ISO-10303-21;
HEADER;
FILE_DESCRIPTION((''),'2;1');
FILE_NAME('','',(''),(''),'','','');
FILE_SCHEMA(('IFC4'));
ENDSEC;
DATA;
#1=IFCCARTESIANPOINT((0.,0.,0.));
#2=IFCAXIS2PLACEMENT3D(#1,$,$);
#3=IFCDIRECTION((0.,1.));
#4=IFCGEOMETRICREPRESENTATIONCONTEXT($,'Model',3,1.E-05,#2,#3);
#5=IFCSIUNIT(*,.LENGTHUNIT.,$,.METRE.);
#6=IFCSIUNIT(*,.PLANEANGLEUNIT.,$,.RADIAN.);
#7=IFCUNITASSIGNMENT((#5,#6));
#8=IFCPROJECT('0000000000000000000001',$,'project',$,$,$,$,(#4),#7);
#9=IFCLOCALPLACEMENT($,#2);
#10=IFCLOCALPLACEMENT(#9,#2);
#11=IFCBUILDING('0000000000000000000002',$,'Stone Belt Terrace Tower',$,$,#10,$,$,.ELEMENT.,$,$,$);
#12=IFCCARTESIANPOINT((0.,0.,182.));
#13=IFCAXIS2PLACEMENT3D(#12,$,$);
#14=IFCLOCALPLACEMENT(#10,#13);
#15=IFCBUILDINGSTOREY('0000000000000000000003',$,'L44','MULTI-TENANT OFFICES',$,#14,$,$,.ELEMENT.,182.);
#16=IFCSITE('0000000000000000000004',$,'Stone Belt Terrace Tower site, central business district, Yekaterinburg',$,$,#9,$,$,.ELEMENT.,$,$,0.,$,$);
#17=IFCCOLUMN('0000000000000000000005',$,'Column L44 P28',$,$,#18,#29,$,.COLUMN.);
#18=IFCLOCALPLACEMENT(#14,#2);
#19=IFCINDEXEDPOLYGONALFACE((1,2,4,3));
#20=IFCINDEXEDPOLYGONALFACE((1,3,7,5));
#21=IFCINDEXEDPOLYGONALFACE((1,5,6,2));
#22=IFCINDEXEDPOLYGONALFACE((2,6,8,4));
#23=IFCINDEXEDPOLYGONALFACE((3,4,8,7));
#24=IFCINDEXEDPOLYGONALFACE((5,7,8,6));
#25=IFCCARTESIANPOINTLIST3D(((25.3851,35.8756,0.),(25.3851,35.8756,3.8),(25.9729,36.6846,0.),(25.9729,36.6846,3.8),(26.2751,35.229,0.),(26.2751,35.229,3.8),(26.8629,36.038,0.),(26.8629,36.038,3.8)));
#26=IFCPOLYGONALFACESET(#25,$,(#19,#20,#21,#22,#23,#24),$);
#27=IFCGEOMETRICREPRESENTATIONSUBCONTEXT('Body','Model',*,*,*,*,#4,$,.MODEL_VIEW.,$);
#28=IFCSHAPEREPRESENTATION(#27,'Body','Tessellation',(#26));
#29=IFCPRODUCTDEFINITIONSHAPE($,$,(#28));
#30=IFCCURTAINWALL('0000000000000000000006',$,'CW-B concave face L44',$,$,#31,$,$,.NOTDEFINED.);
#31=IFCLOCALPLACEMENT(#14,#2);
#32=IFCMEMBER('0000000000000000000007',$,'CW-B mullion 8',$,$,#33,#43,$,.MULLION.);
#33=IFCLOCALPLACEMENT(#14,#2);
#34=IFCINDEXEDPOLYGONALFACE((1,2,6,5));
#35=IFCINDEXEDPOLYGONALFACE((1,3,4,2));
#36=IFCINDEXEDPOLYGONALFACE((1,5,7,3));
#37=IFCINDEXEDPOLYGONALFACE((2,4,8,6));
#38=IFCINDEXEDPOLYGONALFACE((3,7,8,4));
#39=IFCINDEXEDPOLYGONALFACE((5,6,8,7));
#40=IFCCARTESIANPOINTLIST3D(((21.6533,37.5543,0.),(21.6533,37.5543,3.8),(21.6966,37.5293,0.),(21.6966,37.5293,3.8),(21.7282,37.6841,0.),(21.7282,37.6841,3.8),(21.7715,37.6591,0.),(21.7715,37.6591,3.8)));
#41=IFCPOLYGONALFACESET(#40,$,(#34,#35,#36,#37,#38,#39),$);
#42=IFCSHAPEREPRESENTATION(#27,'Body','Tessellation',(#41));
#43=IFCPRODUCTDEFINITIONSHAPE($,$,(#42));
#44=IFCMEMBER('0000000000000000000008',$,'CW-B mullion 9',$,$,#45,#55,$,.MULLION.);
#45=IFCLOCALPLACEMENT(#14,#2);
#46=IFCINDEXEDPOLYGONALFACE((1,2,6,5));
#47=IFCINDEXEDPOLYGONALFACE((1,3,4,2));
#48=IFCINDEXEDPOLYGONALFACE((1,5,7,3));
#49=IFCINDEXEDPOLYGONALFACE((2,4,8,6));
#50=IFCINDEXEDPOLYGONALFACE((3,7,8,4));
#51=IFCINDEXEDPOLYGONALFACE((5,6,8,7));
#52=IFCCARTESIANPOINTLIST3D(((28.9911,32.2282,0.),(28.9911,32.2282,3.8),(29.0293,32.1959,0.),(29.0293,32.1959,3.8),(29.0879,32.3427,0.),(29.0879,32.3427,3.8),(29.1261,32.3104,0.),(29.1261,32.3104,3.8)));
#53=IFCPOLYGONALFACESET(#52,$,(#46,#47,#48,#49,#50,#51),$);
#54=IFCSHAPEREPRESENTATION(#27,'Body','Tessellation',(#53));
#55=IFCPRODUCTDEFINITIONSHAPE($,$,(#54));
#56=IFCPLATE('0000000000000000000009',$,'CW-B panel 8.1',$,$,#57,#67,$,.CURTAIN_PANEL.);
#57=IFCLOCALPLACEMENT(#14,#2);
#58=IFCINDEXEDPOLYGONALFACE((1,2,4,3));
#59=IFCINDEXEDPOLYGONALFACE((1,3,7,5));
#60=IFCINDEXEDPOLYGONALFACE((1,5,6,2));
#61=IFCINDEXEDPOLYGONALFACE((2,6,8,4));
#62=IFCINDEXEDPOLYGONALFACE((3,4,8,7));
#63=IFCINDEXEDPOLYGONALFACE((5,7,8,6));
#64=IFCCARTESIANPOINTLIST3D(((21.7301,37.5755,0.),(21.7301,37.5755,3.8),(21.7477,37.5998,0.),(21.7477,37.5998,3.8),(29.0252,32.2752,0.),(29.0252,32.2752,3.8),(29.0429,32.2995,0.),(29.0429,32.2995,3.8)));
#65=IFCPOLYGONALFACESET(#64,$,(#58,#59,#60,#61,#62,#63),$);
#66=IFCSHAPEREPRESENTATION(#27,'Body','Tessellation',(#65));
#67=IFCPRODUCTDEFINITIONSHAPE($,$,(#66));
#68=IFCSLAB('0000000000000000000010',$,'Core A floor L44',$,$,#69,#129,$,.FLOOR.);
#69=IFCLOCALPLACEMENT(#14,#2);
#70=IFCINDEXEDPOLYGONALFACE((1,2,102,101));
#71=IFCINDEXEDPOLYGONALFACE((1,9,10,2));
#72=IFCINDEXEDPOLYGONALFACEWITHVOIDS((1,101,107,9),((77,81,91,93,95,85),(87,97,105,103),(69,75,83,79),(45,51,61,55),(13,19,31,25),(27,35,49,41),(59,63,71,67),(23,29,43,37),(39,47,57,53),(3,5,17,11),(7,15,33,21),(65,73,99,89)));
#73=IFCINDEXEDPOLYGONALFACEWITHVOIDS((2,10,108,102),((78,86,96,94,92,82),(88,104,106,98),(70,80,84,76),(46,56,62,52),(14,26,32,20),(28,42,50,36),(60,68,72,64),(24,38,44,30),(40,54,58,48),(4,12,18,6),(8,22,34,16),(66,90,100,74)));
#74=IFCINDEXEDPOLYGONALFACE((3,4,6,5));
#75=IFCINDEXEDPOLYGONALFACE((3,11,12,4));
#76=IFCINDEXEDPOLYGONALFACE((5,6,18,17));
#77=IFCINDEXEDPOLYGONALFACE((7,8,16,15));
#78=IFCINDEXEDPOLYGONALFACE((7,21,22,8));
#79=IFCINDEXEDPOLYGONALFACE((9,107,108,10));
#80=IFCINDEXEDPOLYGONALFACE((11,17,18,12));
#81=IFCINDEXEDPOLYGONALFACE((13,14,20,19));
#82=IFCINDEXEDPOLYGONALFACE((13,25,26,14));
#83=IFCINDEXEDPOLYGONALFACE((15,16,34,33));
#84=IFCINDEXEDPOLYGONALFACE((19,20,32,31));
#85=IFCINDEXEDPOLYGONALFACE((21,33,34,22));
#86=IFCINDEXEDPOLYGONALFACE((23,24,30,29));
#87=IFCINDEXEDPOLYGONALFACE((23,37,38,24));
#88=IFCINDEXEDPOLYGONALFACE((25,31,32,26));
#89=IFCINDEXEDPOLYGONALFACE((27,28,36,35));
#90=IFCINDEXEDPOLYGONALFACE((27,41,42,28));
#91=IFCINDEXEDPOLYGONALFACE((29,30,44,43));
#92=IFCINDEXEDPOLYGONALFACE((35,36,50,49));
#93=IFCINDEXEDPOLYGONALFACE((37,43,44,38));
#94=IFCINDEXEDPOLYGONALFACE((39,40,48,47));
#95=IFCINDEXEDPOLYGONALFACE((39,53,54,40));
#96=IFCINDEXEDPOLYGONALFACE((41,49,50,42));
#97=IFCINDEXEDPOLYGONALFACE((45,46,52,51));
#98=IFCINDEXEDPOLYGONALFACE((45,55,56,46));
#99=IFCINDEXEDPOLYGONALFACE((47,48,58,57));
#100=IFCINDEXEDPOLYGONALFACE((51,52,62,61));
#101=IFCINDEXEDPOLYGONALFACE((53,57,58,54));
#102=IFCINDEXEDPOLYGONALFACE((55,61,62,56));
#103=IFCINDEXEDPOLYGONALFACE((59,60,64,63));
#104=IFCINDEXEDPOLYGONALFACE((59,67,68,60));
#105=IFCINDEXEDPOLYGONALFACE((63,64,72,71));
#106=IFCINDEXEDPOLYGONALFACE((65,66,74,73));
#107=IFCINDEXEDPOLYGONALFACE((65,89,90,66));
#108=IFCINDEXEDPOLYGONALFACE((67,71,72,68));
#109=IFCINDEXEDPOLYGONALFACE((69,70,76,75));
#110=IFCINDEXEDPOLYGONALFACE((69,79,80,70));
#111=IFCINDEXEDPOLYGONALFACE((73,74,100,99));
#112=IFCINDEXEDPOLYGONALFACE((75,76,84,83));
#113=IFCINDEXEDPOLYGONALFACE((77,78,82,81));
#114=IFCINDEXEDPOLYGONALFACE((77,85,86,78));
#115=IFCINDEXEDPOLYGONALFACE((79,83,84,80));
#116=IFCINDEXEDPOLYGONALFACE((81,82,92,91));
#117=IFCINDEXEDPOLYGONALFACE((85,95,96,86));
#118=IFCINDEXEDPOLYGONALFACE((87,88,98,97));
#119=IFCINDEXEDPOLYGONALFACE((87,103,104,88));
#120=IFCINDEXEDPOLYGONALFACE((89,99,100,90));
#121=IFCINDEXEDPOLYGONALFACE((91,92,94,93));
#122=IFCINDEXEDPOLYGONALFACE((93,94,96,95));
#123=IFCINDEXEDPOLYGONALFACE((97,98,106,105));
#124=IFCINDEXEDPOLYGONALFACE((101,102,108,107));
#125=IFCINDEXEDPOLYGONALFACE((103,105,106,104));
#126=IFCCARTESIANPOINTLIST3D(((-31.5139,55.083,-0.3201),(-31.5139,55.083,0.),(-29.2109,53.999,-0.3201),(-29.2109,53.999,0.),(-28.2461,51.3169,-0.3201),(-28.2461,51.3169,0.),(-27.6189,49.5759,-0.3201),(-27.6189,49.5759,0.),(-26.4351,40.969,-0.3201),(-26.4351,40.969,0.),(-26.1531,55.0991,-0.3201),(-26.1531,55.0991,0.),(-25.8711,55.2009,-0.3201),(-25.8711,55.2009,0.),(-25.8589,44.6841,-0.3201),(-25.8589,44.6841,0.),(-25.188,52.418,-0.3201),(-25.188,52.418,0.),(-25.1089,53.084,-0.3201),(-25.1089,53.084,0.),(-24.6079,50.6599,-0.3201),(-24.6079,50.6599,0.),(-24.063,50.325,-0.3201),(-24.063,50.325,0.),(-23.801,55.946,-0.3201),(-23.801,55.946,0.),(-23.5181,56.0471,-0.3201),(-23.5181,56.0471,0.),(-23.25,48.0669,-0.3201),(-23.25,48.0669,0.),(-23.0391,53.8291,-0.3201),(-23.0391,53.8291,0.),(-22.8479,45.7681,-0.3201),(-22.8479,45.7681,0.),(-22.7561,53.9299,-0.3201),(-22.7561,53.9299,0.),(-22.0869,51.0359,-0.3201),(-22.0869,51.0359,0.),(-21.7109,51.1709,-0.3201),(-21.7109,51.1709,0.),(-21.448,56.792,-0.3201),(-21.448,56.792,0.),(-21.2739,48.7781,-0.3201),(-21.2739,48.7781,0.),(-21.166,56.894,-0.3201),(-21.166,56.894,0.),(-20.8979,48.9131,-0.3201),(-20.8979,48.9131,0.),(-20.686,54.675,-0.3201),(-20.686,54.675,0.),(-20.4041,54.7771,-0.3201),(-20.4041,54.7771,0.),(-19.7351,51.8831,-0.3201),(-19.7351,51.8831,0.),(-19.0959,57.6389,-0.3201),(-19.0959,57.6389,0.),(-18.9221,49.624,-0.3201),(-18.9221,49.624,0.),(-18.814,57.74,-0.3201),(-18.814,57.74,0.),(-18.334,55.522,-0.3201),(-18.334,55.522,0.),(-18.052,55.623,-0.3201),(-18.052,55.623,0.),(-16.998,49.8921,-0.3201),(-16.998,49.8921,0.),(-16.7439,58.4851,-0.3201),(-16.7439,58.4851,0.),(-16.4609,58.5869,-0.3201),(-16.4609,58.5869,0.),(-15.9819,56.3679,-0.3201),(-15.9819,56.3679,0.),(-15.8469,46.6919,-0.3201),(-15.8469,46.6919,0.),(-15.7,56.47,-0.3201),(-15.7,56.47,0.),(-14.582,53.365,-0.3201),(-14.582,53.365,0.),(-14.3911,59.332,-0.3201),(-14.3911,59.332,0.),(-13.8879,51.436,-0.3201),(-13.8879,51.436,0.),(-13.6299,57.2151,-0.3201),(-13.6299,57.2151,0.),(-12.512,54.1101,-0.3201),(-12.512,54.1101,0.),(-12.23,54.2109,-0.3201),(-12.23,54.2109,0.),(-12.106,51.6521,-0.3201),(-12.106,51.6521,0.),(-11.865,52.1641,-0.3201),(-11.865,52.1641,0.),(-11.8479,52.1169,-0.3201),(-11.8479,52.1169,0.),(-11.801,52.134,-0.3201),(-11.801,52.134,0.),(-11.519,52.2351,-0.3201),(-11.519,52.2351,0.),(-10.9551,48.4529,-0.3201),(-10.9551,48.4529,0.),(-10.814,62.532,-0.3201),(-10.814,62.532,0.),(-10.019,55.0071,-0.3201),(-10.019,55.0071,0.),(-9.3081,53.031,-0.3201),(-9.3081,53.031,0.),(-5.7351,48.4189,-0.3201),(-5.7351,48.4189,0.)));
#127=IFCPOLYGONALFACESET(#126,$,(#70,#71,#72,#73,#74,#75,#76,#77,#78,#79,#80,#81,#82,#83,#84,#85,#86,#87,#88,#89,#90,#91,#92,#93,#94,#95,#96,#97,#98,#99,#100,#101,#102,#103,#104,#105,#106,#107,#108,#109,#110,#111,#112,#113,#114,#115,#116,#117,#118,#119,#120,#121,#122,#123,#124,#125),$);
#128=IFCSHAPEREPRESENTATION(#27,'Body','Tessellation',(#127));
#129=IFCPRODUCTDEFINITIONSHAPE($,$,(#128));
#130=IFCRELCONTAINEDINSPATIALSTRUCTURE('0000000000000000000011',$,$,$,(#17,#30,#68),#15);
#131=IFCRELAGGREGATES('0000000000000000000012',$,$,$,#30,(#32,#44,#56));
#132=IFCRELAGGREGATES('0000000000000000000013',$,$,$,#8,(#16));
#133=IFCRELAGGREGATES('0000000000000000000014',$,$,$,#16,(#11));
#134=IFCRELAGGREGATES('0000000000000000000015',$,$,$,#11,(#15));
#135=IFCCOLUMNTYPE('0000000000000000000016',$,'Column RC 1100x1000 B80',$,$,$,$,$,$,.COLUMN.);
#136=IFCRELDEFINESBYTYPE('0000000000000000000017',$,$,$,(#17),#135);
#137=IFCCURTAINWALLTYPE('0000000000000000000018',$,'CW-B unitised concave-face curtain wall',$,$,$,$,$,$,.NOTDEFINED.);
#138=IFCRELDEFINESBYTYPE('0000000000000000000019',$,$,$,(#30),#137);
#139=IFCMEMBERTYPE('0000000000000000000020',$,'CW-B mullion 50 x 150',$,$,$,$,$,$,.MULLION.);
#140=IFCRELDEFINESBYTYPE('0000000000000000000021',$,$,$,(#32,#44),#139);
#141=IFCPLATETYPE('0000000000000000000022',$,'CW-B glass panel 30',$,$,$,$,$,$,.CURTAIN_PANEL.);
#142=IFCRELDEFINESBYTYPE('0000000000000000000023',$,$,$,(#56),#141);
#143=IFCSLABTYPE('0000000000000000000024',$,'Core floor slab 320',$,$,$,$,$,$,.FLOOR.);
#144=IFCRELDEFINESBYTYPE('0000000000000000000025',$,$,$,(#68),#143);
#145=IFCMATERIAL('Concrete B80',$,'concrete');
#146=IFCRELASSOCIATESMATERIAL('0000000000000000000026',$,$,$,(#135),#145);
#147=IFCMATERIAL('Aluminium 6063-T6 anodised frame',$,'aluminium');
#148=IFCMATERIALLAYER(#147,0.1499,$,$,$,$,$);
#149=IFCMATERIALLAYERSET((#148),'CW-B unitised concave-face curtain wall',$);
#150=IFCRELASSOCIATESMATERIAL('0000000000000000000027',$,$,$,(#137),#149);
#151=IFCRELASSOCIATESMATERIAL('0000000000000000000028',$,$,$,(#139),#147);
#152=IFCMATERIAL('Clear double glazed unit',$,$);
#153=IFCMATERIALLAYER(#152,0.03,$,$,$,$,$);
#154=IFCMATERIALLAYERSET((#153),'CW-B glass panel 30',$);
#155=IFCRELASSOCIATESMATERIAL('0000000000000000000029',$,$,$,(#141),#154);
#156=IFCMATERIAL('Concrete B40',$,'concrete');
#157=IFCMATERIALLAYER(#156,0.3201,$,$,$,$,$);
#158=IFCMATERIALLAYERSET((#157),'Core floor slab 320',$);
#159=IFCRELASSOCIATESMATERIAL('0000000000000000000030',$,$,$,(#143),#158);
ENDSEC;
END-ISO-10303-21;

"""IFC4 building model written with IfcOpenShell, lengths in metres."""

from ifc_helpers import new_model, si_unit, direction, frame, origin, origin_2d, place, context, subcontext, project, spatial, polyline, rectangle, outline, extrude, material, layer, layer_set, material_profile, profile_set, type_object, element, aggregate, save


model = new_model("IFC4")

# Units and contexts
model_context = context("Model", 3, precision=1e-05, world=origin(), true_north=direction((0.0, 1.0)))
body_context = subcontext(model_context, "Body", "Model", "MODEL_VIEW")
ifc_project = project(units=[si_unit("LENGTHUNIT", "METRE"), si_unit("PLANEANGLEUNIT", "RADIAN")], contexts=[model_context])

# Site, building, storey
site_placement = place(None, origin())
site = spatial("IfcSite", under=ifc_project, at=site_placement, Name="Stone Belt Terrace Tower site, central business district, Yekaterinburg", CompositionType="ELEMENT", RefElevation=0.0)
building_placement = place(site_placement, origin())
building = spatial("IfcBuilding", under=site, at=building_placement, Name="Stone Belt Terrace Tower", CompositionType="ELEMENT")
storey_placement = place(building_placement, frame((0.0, 0.0, 182.0)))
storey = spatial("IfcBuildingStorey", under=building, at=storey_placement, Name="L44", Description="MULTI-TENANT OFFICES", CompositionType="ELEMENT", Elevation=182.0)

# Column
ifc_material_1 = material(Name="Concrete B80", Category="concrete")
ifc_material_profile_1 = material_profile(ifc_material_1, rectangle(XDim=1.1001, YDim=1.0, at=origin_2d()), Name="RC 1100x1000")
ifc_profile_set_1 = profile_set([ifc_material_profile_1], Name="Concrete B80")
column_type = type_object("IfcColumnType", Name="Column RC 1100x1000 B80", PredefinedType="COLUMN", material=ifc_profile_set_1)
column_placement = place(storey_placement, frame((26.124, 35.9568, 0.0), z_axis=(0.0, 0.0, 1.0), x_axis=(0.809017, -0.587785, 0.0)))
element("IfcColumn", 1, at=column_placement, inside=storey, type_object=column_type, Name="Column L44 P28", PredefinedType="COLUMN", context=body_context, shape_type="SweptSolid", body=[
    extrude(rectangle(XDim=1.1001, YDim=1.0, at=origin_2d()), origin(), (0.0, 0.0, 1.0), 3.8),
])

# Curtain wall, members, plate
ifc_material_2 = material(Name="Aluminium 6063-T6 anodised frame", Category="aluminium")
ifc_layer_1 = layer(ifc_material_2, 0.1499)
ifc_layer_set_1 = layer_set([ifc_layer_1], Name="CW-B unitised concave-face curtain wall")
curtain_wall_type = type_object("IfcCurtainWallType", Name="CW-B unitised concave-face curtain wall", PredefinedType="NOTDEFINED", material=ifc_layer_set_1)
curtain_wall_placement = place(storey_placement, origin())
curtain_wall = element("IfcCurtainWall", 2, at=curtain_wall_placement, inside=storey, type_object=curtain_wall_type, Name="CW-B concave face L44", PredefinedType="NOTDEFINED")
ifc_material_profile_2 = material_profile(ifc_material_2, rectangle(XDim=0.1499, YDim=0.05, at=origin_2d()), Name="Aluminium 6063-T6 50x150")
ifc_profile_set_2 = profile_set([ifc_material_profile_2], Name="Aluminium 6063-T6 anodised frame")
member_type = type_object("IfcMemberType", Name="CW-B mullion 50 x 150", PredefinedType="MULLION", material=ifc_profile_set_2)
member_1_placement = place(storey_placement, frame((21.7124, 37.6067, 0.0), z_axis=(0.0, 0.0, 1.0), x_axis=(0.5, 0.866025, 0.0)))
member_1 = element("IfcMember", 3, at=member_1_placement, type_object=member_type, Name="CW-B mullion 8", PredefinedType="MULLION", context=body_context, shape_type="SweptSolid", body=[
    extrude(rectangle(XDim=0.1499, YDim=0.05, at=origin_2d()), origin(), (0.0, 0.0, 1.0), 3.8),
])
member_2_placement = place(storey_placement, frame((29.0586, 32.2693, 0.0), z_axis=(0.0, 0.0, 1.0), x_axis=(0.645719, 0.763575, 0.0)))
member_2 = element("IfcMember", 4, at=member_2_placement, type_object=member_type, Name="CW-B mullion 9", PredefinedType="MULLION", context=body_context, shape_type="SweptSolid", body=[
    extrude(rectangle(XDim=0.1499, YDim=0.05, at=origin_2d()), origin(), (0.0, 0.0, 1.0), 3.8),
])
ifc_material_3 = material(Name="Clear double glazed unit")
ifc_layer_2 = layer(ifc_material_3, 0.03)
ifc_layer_set_2 = layer_set([ifc_layer_2], Name="CW-B glass panel 30")
plate_type = type_object("IfcPlateType", Name="CW-B glass panel 30", PredefinedType="CURTAIN_PANEL", material=ifc_layer_set_2)
plate_placement = place(storey_placement, frame((25.3865, 34.9375, 0.0), z_axis=(0.0, 0.0, 1.0), x_axis=(0.809017, -0.587785, 0.0)))
plate = element("IfcPlate", 5, at=plate_placement, type_object=plate_type, Name="CW-B panel 8.1", PredefinedType="CURTAIN_PANEL", context=body_context, shape_type="SweptSolid", body=[
    extrude(rectangle(XDim=9.0173, YDim=0.03, at=origin_2d()), origin(), (0.0, 0.0, 1.0), 3.8),
])
aggregate(curtain_wall, [member_1, member_2, plate])

# Slab
ifc_material_4 = material(Name="Concrete B40", Category="concrete")
ifc_layer_3 = layer(ifc_material_4, 0.3201)
ifc_layer_set_3 = layer_set([ifc_layer_3], Name="Core floor slab 320")
slab_type_1 = type_object("IfcSlabType", Name="Core floor slab 320", PredefinedType="FLOOR", material=ifc_layer_set_3)
slab_1_placement = place(storey_placement, frame((0.0, 0.0, -0.3201)))
element("IfcSlab", 6, at=slab_1_placement, inside=storey, type_object=slab_type_1, Name="Core A floor L44", PredefinedType="FLOOR", context=body_context, shape_type="SweptSolid", body=[
    extrude(outline(polyline([(-26.4351, 40.969), (-5.7351, 48.4189), (-10.814, 62.532), (-31.5139, 55.083), (-26.4351, 40.969)]), holes=[polyline([(-24.6079, 50.6599), (-22.8479, 45.7681), (-25.8589, 44.6841), (-27.6189, 49.5759), (-24.6079, 50.6599)]), polyline([(-23.25, 48.0669), (-24.063, 50.325), (-22.0869, 51.0359), (-21.2739, 48.7781), (-23.25, 48.0669)]), polyline([(-20.8979, 48.9131), (-21.7109, 51.1709), (-19.7351, 51.8831), (-18.9221, 49.624), (-20.8979, 48.9131)]), polyline([(-28.2461, 51.3169), (-29.2109, 53.999), (-26.1531, 55.0991), (-25.188, 52.418), (-28.2461, 51.3169)]), polyline([(-23.801, 55.946), (-23.0391, 53.8291), (-25.1089, 53.084), (-25.8711, 55.2009), (-23.801, 55.946)]), polyline([(-21.448, 56.792), (-20.686, 54.675), (-22.7561, 53.9299), (-23.5181, 56.0471), (-21.448, 56.792)]), polyline([(-10.9551, 48.4529), (-15.8469, 46.6919), (-16.998, 49.8921), (-12.106, 51.6521), (-10.9551, 48.4529)]), polyline([(-11.8479, 52.1169), (-11.865, 52.1641), (-13.8879, 51.436), (-14.582, 53.365), (-12.512, 54.1101), (-11.801, 52.134), (-11.8479, 52.1169)]), polyline([(-9.3081, 53.031), (-11.519, 52.2351), (-12.23, 54.2109), (-10.019, 55.0071), (-9.3081, 53.031)]), polyline([(-21.166, 56.894), (-19.0959, 57.6389), (-18.334, 55.522), (-20.4041, 54.7771), (-21.166, 56.894)]), polyline([(-16.7439, 58.4851), (-15.9819, 56.3679), (-18.052, 55.623), (-18.814, 57.74), (-16.7439, 58.4851)]), polyline([(-14.3911, 59.332), (-13.6299, 57.2151), (-15.7, 56.47), (-16.4609, 58.5869), (-14.3911, 59.332)])]), origin(), (0.0, 0.0, 1.0), 0.3201),
])

save(model, "model.ifc")
